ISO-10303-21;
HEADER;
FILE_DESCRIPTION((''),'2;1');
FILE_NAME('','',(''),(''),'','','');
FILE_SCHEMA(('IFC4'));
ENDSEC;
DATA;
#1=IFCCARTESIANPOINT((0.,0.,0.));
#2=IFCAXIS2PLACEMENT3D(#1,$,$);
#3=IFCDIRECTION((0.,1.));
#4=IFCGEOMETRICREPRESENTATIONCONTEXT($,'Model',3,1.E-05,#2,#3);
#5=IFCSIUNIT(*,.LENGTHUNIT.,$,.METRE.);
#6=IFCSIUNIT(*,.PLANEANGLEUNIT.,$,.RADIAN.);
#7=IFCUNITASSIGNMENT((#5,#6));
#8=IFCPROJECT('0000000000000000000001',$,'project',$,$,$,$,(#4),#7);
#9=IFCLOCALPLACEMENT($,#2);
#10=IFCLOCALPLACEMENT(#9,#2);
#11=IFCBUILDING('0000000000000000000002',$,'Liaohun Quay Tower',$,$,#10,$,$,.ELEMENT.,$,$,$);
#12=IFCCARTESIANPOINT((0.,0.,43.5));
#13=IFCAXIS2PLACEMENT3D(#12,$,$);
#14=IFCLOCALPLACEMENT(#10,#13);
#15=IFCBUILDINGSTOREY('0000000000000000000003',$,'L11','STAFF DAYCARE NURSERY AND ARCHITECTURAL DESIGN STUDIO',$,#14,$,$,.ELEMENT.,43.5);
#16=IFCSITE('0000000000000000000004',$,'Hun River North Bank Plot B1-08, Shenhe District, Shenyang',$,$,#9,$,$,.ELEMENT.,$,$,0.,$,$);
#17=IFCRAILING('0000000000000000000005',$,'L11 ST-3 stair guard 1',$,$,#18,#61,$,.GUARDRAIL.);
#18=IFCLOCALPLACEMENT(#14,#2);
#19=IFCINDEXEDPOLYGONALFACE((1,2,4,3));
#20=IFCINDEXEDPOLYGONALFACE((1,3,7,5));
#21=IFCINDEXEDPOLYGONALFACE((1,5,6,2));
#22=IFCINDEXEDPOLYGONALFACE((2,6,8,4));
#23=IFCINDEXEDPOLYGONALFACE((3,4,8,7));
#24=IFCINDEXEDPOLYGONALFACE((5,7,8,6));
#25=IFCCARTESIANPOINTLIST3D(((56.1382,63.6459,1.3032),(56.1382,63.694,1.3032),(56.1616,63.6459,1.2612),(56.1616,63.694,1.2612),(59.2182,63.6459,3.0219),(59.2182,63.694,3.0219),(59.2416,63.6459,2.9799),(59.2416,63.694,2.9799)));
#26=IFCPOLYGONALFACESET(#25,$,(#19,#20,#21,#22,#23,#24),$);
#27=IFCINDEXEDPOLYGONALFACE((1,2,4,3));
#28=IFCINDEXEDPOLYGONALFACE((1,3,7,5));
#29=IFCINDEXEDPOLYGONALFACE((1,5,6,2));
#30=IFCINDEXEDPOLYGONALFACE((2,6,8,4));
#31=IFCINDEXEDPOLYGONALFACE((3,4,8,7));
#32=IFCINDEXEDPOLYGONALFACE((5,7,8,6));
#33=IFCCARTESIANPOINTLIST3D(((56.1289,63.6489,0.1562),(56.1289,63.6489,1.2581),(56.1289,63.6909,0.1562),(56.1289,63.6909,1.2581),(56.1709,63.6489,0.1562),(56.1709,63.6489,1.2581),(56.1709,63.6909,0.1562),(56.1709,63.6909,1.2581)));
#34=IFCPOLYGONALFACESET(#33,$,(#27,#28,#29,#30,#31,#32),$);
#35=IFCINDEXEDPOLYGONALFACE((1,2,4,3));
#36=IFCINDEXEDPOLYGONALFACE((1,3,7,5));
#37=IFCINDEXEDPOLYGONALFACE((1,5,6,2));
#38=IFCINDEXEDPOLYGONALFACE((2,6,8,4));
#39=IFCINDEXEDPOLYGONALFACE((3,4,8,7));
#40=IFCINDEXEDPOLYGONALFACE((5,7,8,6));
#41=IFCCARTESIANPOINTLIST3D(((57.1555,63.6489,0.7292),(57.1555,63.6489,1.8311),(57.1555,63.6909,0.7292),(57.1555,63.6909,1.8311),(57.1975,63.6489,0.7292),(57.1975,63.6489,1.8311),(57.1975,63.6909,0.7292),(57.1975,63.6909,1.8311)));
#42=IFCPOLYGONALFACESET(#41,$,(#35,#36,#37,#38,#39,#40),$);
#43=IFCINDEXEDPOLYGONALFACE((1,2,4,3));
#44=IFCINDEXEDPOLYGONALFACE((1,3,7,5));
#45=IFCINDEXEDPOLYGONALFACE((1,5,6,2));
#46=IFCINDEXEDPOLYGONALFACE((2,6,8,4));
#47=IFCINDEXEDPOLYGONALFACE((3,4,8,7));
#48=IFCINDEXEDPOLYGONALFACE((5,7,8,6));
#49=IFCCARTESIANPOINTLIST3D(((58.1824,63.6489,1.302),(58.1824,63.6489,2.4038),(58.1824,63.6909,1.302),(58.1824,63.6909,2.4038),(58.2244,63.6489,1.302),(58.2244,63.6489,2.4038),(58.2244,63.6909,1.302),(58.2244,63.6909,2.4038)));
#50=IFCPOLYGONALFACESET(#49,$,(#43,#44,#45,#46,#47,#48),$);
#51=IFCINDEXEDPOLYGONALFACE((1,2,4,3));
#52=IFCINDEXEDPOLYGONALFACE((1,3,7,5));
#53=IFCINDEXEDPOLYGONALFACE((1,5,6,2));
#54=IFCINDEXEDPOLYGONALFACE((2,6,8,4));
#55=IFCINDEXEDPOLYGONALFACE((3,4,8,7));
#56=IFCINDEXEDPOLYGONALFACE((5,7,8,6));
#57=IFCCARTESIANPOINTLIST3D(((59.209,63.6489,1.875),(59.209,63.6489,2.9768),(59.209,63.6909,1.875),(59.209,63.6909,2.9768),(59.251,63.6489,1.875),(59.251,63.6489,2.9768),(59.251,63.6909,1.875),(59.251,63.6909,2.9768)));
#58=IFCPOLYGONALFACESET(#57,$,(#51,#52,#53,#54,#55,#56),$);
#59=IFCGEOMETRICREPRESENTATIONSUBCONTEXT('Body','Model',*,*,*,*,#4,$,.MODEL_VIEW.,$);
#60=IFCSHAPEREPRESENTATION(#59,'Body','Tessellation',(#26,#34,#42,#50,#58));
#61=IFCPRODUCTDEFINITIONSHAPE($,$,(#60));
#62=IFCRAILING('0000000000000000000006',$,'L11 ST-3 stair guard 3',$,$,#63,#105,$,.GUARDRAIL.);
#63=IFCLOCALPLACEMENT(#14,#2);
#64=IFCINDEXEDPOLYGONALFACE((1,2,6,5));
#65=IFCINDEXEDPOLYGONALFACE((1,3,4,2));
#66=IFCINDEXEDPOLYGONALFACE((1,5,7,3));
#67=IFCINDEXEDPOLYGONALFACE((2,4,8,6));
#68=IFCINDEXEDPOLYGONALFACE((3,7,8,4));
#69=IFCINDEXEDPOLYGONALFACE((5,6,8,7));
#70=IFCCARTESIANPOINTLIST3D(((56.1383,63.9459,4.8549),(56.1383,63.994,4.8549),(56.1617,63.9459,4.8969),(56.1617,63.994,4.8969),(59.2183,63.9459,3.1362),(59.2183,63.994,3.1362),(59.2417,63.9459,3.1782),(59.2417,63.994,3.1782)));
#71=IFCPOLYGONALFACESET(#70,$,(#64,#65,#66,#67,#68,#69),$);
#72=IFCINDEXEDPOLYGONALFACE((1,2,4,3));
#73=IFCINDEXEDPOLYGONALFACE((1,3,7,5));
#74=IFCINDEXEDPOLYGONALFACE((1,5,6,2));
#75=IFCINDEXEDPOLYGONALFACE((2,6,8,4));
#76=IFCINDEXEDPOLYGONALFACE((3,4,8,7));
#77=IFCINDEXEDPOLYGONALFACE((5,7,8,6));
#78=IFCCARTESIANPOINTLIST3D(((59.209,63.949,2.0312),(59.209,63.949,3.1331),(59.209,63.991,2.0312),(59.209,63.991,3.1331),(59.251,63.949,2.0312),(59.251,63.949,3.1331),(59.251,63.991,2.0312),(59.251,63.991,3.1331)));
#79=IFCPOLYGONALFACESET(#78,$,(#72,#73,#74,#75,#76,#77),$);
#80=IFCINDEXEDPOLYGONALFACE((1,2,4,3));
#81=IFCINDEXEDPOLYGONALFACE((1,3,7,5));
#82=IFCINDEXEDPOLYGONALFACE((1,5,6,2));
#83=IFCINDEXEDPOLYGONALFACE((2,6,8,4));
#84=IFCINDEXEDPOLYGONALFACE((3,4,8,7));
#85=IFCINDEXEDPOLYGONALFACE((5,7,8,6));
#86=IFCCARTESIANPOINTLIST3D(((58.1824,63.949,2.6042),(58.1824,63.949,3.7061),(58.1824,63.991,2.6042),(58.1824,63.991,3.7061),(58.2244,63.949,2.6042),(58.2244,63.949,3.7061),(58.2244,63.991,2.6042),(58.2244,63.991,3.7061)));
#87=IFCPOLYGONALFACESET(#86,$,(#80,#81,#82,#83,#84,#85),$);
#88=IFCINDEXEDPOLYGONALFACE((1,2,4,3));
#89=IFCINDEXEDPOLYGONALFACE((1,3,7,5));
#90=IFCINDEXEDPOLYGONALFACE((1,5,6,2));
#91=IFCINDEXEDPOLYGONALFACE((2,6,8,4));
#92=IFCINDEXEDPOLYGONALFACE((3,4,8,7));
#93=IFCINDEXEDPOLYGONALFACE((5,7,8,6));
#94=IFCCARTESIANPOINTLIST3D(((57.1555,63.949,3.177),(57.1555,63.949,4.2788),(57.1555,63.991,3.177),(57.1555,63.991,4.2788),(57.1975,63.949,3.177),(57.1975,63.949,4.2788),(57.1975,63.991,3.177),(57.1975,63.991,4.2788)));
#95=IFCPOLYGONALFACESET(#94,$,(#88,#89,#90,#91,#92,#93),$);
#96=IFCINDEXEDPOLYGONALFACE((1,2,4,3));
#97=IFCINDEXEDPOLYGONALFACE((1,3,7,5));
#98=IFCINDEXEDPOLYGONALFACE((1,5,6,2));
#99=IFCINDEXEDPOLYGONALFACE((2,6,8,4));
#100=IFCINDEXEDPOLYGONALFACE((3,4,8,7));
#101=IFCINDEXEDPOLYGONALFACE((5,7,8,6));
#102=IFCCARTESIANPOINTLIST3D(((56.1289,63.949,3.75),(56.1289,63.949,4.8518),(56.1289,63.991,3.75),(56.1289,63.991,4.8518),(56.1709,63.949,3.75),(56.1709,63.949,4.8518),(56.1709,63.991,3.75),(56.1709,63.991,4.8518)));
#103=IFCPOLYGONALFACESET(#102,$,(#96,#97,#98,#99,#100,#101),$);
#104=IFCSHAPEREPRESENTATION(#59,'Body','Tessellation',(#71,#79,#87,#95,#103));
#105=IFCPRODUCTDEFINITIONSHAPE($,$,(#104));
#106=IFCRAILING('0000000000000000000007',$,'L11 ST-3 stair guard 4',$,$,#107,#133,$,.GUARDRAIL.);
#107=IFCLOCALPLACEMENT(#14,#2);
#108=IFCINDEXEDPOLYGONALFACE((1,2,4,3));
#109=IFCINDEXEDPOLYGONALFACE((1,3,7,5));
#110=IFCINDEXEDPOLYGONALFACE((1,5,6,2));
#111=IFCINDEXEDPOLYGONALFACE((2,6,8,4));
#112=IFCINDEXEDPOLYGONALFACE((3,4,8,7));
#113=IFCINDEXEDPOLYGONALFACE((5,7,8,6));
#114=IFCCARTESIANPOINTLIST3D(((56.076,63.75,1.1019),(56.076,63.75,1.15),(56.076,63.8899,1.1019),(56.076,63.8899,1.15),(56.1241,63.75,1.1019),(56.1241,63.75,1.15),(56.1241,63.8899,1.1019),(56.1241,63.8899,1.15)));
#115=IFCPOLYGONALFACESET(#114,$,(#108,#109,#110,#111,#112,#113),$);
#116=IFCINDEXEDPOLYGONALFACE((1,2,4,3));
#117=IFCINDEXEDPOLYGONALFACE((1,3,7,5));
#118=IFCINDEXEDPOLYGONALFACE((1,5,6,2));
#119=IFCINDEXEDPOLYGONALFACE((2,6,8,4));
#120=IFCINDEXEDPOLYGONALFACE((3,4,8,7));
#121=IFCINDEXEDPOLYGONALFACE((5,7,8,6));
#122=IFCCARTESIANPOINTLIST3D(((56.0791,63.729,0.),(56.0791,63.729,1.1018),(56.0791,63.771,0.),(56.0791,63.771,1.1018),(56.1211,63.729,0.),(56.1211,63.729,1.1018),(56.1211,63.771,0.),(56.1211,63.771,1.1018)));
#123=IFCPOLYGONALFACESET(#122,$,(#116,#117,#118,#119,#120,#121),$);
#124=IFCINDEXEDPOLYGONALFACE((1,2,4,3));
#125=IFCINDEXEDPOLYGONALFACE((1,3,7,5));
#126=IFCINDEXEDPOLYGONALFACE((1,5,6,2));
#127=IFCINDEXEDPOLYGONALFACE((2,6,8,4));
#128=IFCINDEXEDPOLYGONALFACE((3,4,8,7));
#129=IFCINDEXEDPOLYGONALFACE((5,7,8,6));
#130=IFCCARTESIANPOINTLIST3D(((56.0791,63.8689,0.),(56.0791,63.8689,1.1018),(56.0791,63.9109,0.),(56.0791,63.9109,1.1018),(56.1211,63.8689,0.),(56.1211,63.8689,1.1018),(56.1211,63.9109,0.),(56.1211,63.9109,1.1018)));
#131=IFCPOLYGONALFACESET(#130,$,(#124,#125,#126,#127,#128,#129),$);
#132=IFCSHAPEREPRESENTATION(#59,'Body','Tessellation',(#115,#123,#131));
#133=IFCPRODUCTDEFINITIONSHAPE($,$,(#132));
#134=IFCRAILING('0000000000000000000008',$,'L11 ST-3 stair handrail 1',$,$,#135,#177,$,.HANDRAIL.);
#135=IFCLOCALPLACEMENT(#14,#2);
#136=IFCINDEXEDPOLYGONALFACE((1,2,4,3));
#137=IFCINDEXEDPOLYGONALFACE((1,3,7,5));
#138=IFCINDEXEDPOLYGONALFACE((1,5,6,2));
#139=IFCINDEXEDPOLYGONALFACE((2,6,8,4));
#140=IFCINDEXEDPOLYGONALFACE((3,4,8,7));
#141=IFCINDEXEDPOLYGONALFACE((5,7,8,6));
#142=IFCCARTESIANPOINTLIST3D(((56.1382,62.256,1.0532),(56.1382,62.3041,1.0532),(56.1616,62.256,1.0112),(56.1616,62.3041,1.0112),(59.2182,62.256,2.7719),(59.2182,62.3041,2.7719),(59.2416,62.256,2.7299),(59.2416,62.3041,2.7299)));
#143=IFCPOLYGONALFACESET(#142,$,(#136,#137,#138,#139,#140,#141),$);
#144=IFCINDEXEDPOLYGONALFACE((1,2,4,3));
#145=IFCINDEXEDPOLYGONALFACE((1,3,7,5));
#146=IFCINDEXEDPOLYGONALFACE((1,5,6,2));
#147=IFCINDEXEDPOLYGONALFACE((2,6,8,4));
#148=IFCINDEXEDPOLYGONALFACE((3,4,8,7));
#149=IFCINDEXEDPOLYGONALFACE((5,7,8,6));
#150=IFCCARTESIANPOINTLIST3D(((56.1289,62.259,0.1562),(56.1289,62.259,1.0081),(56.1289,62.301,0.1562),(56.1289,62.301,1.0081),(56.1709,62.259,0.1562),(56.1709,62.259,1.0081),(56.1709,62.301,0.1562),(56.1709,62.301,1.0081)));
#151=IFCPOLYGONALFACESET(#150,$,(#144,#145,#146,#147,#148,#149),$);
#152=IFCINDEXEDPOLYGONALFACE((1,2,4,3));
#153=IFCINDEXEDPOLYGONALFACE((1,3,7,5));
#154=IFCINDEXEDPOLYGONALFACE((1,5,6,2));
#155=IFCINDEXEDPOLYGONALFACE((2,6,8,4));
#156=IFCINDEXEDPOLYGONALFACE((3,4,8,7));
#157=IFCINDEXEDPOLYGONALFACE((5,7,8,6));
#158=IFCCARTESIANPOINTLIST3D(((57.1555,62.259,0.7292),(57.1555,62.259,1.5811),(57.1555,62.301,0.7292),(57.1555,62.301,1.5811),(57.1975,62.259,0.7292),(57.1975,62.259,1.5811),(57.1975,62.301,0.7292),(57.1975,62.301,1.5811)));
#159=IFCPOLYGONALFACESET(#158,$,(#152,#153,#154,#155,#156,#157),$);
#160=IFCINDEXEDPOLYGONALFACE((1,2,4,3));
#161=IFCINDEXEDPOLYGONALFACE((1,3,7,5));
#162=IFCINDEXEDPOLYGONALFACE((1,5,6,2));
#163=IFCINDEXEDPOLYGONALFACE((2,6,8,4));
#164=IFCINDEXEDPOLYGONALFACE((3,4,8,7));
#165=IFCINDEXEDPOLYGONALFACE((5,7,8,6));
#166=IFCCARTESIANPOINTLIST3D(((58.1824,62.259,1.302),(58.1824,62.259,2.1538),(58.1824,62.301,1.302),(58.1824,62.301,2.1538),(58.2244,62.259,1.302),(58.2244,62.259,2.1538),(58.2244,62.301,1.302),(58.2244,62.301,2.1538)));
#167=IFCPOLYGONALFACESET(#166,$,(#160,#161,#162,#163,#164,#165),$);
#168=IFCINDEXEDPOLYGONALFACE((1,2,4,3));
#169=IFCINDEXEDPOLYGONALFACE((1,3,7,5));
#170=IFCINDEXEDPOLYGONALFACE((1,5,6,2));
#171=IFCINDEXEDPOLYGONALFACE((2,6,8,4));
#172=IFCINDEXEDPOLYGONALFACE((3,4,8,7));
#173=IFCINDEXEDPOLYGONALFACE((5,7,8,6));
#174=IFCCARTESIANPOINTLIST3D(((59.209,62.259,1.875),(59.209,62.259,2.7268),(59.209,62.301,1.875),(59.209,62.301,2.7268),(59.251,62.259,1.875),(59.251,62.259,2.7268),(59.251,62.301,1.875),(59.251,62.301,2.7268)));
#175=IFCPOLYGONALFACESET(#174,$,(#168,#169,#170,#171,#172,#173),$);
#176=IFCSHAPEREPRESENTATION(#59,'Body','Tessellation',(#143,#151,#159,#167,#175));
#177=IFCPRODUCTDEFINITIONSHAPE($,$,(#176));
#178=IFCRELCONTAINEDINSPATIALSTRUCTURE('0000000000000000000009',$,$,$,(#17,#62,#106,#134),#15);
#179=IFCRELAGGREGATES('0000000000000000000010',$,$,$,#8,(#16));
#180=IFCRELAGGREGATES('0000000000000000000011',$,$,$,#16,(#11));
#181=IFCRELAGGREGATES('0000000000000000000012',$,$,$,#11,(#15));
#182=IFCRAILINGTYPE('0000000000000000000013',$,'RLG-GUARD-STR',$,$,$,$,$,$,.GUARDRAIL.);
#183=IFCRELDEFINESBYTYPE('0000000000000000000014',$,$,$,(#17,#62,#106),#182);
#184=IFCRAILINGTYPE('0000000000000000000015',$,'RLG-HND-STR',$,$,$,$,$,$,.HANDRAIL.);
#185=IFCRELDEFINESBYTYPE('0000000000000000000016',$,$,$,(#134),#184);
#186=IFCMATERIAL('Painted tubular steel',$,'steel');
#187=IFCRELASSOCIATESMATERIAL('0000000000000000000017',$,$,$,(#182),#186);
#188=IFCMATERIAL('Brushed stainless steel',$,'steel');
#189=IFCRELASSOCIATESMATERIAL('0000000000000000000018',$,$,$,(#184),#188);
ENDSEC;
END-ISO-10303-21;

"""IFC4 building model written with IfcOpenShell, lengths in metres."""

from ifc_helpers import new_model, si_unit, direction, frame, origin, origin_2d, place, context, subcontext, project, spatial, rectangle, extrude, material, type_object, element, save


model = new_model("IFC4")

# Units and contexts
model_context = context("Model", 3, precision=1e-05, world=origin(), true_north=direction((0.0, 1.0)))
body_context = subcontext(model_context, "Body", "Model", "MODEL_VIEW")
ifc_project = project(units=[si_unit("LENGTHUNIT", "METRE"), si_unit("PLANEANGLEUNIT", "RADIAN")], contexts=[model_context])

# Site, building, storey
site_placement = place(None, origin())
site = spatial("IfcSite", under=ifc_project, at=site_placement, Name="Hun River North Bank Plot B1-08, Shenhe District, Shenyang", CompositionType="ELEMENT", RefElevation=0.0)
building_placement = place(site_placement, origin())
building = spatial("IfcBuilding", under=site, at=building_placement, Name="Liaohun Quay Tower", CompositionType="ELEMENT")
storey_placement = place(building_placement, frame((0.0, 0.0, 43.5)))
storey = spatial("IfcBuildingStorey", under=building, at=storey_placement, Name="L11", Description="STAFF DAYCARE NURSERY AND ARCHITECTURAL DESIGN STUDIO", CompositionType="ELEMENT", Elevation=43.5)

# Railings
ifc_material_1 = material(Name="Painted tubular steel", Category="steel")
railing_type_1 = type_object("IfcRailingType", Name="RLG-GUARD-STR", PredefinedType="GUARDRAIL", material=ifc_material_1)
railing_1_placement = place(storey_placement, frame((56.1499, 63.6699, 0.1562)))
element("IfcRailing", 1, at=railing_1_placement, inside=storey, type_object=railing_type_1, Name="L11 ST-3 stair guard 1", PredefinedType="GUARDRAIL", context=body_context, shape_type="SweptSolid", body=[
    extrude(rectangle(XDim=0.0481, YDim=0.0481, at=origin_2d()), frame((0.0, 0.0, 1.126), z_axis=(0.873242, 0.0, 0.487288), x_axis=(0.0, 1.0, 0.0)), (0.0, 0.0, 1.0), 3.5271),
    extrude(rectangle(XDim=0.042, YDim=0.042, at=origin_2d()), origin(), (0.0, 0.0, 1.0), 1.1018),
    extrude(rectangle(XDim=0.042, YDim=0.042, at=origin_2d()), frame((1.0266, 0.0, 0.573)), (0.0, 0.0, 1.0), 1.1018),
    extrude(rectangle(XDim=0.042, YDim=0.042, at=origin_2d()), frame((2.0535, 0.0, 1.1458)), (0.0, 0.0, 1.0), 1.1018),
    extrude(rectangle(XDim=0.042, YDim=0.042, at=origin_2d()), frame((3.0801, 0.0, 1.7188)), (0.0, 0.0, 1.0), 1.1018),
])
railing_2_placement = place(storey_placement, frame((59.23, 63.97, 2.0312)))
element("IfcRailing", 2, at=railing_2_placement, inside=storey, type_object=railing_type_1, Name="L11 ST-3 stair guard 3", PredefinedType="GUARDRAIL", context=body_context, shape_type="SweptSolid", body=[
    extrude(rectangle(XDim=0.0481, YDim=0.0481, at=origin_2d()), frame((0.0, 0.0, 1.126), z_axis=(-0.873242, 0.0, 0.487288), x_axis=(0.0, -1.0, 0.0)), (0.0, 0.0, 1.0), 3.5271),
    extrude(rectangle(XDim=0.042, YDim=0.042, at=origin_2d()), origin(), (0.0, 0.0, 1.0), 1.1018),
    extrude(rectangle(XDim=0.042, YDim=0.042, at=origin_2d()), frame((-1.0266, 0.0, 0.573)), (0.0, 0.0, 1.0), 1.1018),
    extrude(rectangle(XDim=0.042, YDim=0.042, at=origin_2d()), frame((-2.0535, 0.0, 1.1458)), (0.0, 0.0, 1.0), 1.1018),
    extrude(rectangle(XDim=0.042, YDim=0.042, at=origin_2d()), frame((-3.0801, 0.0, 1.7188)), (0.0, 0.0, 1.0), 1.1018),
])
railing_3_placement = place(storey_placement, frame((56.1001, 63.75, 0.0)))
element("IfcRailing", 3, at=railing_3_placement, inside=storey, type_object=railing_type_1, Name="L11 ST-3 stair guard 4", PredefinedType="GUARDRAIL", context=body_context, shape_type="SweptSolid", body=[
    extrude(rectangle(XDim=0.0481, YDim=0.0481, at=origin_2d()), frame((0.0, 0.0, 1.126), z_axis=(0.0, 1.0, 0.0), x_axis=(-1.0, 0.0, 0.0)), (0.0, 0.0, 1.0), 0.1399),
    extrude(rectangle(XDim=0.042, YDim=0.042, at=origin_2d()), origin(), (0.0, 0.0, 1.0), 1.1018),
    extrude(rectangle(XDim=0.042, YDim=0.042, at=origin_2d()), frame((0.0, 0.1399, 0.0)), (0.0, 0.0, 1.0), 1.1018),
])
ifc_material_2 = material(Name="Brushed stainless steel", Category="steel")
railing_type_2 = type_object("IfcRailingType", Name="RLG-HND-STR", PredefinedType="HANDRAIL", material=ifc_material_2)
railing_4_placement = place(storey_placement, frame((56.1499, 62.28, 0.1562)))
element("IfcRailing", 4, at=railing_4_placement, inside=storey, type_object=railing_type_2, Name="L11 ST-3 stair handrail 1", PredefinedType="HANDRAIL", context=body_context, shape_type="SweptSolid", body=[
    extrude(rectangle(XDim=0.0481, YDim=0.0481, at=origin_2d()), frame((0.0, 0.0, 0.876), z_axis=(0.873242, 0.0, 0.487288), x_axis=(0.0, 1.0, 0.0)), (0.0, 0.0, 1.0), 3.5271),
    extrude(rectangle(XDim=0.042, YDim=0.042, at=origin_2d()), origin(), (0.0, 0.0, 1.0), 0.8518),
    extrude(rectangle(XDim=0.042, YDim=0.042, at=origin_2d()), frame((1.0266, 0.0, 0.573)), (0.0, 0.0, 1.0), 0.8518),
    extrude(rectangle(XDim=0.042, YDim=0.042, at=origin_2d()), frame((2.0535, 0.0, 1.1458)), (0.0, 0.0, 1.0), 0.8518),
    extrude(rectangle(XDim=0.042, YDim=0.042, at=origin_2d()), frame((3.0801, 0.0, 1.7188)), (0.0, 0.0, 1.0), 0.8518),
])

save(model, "model.ifc")
